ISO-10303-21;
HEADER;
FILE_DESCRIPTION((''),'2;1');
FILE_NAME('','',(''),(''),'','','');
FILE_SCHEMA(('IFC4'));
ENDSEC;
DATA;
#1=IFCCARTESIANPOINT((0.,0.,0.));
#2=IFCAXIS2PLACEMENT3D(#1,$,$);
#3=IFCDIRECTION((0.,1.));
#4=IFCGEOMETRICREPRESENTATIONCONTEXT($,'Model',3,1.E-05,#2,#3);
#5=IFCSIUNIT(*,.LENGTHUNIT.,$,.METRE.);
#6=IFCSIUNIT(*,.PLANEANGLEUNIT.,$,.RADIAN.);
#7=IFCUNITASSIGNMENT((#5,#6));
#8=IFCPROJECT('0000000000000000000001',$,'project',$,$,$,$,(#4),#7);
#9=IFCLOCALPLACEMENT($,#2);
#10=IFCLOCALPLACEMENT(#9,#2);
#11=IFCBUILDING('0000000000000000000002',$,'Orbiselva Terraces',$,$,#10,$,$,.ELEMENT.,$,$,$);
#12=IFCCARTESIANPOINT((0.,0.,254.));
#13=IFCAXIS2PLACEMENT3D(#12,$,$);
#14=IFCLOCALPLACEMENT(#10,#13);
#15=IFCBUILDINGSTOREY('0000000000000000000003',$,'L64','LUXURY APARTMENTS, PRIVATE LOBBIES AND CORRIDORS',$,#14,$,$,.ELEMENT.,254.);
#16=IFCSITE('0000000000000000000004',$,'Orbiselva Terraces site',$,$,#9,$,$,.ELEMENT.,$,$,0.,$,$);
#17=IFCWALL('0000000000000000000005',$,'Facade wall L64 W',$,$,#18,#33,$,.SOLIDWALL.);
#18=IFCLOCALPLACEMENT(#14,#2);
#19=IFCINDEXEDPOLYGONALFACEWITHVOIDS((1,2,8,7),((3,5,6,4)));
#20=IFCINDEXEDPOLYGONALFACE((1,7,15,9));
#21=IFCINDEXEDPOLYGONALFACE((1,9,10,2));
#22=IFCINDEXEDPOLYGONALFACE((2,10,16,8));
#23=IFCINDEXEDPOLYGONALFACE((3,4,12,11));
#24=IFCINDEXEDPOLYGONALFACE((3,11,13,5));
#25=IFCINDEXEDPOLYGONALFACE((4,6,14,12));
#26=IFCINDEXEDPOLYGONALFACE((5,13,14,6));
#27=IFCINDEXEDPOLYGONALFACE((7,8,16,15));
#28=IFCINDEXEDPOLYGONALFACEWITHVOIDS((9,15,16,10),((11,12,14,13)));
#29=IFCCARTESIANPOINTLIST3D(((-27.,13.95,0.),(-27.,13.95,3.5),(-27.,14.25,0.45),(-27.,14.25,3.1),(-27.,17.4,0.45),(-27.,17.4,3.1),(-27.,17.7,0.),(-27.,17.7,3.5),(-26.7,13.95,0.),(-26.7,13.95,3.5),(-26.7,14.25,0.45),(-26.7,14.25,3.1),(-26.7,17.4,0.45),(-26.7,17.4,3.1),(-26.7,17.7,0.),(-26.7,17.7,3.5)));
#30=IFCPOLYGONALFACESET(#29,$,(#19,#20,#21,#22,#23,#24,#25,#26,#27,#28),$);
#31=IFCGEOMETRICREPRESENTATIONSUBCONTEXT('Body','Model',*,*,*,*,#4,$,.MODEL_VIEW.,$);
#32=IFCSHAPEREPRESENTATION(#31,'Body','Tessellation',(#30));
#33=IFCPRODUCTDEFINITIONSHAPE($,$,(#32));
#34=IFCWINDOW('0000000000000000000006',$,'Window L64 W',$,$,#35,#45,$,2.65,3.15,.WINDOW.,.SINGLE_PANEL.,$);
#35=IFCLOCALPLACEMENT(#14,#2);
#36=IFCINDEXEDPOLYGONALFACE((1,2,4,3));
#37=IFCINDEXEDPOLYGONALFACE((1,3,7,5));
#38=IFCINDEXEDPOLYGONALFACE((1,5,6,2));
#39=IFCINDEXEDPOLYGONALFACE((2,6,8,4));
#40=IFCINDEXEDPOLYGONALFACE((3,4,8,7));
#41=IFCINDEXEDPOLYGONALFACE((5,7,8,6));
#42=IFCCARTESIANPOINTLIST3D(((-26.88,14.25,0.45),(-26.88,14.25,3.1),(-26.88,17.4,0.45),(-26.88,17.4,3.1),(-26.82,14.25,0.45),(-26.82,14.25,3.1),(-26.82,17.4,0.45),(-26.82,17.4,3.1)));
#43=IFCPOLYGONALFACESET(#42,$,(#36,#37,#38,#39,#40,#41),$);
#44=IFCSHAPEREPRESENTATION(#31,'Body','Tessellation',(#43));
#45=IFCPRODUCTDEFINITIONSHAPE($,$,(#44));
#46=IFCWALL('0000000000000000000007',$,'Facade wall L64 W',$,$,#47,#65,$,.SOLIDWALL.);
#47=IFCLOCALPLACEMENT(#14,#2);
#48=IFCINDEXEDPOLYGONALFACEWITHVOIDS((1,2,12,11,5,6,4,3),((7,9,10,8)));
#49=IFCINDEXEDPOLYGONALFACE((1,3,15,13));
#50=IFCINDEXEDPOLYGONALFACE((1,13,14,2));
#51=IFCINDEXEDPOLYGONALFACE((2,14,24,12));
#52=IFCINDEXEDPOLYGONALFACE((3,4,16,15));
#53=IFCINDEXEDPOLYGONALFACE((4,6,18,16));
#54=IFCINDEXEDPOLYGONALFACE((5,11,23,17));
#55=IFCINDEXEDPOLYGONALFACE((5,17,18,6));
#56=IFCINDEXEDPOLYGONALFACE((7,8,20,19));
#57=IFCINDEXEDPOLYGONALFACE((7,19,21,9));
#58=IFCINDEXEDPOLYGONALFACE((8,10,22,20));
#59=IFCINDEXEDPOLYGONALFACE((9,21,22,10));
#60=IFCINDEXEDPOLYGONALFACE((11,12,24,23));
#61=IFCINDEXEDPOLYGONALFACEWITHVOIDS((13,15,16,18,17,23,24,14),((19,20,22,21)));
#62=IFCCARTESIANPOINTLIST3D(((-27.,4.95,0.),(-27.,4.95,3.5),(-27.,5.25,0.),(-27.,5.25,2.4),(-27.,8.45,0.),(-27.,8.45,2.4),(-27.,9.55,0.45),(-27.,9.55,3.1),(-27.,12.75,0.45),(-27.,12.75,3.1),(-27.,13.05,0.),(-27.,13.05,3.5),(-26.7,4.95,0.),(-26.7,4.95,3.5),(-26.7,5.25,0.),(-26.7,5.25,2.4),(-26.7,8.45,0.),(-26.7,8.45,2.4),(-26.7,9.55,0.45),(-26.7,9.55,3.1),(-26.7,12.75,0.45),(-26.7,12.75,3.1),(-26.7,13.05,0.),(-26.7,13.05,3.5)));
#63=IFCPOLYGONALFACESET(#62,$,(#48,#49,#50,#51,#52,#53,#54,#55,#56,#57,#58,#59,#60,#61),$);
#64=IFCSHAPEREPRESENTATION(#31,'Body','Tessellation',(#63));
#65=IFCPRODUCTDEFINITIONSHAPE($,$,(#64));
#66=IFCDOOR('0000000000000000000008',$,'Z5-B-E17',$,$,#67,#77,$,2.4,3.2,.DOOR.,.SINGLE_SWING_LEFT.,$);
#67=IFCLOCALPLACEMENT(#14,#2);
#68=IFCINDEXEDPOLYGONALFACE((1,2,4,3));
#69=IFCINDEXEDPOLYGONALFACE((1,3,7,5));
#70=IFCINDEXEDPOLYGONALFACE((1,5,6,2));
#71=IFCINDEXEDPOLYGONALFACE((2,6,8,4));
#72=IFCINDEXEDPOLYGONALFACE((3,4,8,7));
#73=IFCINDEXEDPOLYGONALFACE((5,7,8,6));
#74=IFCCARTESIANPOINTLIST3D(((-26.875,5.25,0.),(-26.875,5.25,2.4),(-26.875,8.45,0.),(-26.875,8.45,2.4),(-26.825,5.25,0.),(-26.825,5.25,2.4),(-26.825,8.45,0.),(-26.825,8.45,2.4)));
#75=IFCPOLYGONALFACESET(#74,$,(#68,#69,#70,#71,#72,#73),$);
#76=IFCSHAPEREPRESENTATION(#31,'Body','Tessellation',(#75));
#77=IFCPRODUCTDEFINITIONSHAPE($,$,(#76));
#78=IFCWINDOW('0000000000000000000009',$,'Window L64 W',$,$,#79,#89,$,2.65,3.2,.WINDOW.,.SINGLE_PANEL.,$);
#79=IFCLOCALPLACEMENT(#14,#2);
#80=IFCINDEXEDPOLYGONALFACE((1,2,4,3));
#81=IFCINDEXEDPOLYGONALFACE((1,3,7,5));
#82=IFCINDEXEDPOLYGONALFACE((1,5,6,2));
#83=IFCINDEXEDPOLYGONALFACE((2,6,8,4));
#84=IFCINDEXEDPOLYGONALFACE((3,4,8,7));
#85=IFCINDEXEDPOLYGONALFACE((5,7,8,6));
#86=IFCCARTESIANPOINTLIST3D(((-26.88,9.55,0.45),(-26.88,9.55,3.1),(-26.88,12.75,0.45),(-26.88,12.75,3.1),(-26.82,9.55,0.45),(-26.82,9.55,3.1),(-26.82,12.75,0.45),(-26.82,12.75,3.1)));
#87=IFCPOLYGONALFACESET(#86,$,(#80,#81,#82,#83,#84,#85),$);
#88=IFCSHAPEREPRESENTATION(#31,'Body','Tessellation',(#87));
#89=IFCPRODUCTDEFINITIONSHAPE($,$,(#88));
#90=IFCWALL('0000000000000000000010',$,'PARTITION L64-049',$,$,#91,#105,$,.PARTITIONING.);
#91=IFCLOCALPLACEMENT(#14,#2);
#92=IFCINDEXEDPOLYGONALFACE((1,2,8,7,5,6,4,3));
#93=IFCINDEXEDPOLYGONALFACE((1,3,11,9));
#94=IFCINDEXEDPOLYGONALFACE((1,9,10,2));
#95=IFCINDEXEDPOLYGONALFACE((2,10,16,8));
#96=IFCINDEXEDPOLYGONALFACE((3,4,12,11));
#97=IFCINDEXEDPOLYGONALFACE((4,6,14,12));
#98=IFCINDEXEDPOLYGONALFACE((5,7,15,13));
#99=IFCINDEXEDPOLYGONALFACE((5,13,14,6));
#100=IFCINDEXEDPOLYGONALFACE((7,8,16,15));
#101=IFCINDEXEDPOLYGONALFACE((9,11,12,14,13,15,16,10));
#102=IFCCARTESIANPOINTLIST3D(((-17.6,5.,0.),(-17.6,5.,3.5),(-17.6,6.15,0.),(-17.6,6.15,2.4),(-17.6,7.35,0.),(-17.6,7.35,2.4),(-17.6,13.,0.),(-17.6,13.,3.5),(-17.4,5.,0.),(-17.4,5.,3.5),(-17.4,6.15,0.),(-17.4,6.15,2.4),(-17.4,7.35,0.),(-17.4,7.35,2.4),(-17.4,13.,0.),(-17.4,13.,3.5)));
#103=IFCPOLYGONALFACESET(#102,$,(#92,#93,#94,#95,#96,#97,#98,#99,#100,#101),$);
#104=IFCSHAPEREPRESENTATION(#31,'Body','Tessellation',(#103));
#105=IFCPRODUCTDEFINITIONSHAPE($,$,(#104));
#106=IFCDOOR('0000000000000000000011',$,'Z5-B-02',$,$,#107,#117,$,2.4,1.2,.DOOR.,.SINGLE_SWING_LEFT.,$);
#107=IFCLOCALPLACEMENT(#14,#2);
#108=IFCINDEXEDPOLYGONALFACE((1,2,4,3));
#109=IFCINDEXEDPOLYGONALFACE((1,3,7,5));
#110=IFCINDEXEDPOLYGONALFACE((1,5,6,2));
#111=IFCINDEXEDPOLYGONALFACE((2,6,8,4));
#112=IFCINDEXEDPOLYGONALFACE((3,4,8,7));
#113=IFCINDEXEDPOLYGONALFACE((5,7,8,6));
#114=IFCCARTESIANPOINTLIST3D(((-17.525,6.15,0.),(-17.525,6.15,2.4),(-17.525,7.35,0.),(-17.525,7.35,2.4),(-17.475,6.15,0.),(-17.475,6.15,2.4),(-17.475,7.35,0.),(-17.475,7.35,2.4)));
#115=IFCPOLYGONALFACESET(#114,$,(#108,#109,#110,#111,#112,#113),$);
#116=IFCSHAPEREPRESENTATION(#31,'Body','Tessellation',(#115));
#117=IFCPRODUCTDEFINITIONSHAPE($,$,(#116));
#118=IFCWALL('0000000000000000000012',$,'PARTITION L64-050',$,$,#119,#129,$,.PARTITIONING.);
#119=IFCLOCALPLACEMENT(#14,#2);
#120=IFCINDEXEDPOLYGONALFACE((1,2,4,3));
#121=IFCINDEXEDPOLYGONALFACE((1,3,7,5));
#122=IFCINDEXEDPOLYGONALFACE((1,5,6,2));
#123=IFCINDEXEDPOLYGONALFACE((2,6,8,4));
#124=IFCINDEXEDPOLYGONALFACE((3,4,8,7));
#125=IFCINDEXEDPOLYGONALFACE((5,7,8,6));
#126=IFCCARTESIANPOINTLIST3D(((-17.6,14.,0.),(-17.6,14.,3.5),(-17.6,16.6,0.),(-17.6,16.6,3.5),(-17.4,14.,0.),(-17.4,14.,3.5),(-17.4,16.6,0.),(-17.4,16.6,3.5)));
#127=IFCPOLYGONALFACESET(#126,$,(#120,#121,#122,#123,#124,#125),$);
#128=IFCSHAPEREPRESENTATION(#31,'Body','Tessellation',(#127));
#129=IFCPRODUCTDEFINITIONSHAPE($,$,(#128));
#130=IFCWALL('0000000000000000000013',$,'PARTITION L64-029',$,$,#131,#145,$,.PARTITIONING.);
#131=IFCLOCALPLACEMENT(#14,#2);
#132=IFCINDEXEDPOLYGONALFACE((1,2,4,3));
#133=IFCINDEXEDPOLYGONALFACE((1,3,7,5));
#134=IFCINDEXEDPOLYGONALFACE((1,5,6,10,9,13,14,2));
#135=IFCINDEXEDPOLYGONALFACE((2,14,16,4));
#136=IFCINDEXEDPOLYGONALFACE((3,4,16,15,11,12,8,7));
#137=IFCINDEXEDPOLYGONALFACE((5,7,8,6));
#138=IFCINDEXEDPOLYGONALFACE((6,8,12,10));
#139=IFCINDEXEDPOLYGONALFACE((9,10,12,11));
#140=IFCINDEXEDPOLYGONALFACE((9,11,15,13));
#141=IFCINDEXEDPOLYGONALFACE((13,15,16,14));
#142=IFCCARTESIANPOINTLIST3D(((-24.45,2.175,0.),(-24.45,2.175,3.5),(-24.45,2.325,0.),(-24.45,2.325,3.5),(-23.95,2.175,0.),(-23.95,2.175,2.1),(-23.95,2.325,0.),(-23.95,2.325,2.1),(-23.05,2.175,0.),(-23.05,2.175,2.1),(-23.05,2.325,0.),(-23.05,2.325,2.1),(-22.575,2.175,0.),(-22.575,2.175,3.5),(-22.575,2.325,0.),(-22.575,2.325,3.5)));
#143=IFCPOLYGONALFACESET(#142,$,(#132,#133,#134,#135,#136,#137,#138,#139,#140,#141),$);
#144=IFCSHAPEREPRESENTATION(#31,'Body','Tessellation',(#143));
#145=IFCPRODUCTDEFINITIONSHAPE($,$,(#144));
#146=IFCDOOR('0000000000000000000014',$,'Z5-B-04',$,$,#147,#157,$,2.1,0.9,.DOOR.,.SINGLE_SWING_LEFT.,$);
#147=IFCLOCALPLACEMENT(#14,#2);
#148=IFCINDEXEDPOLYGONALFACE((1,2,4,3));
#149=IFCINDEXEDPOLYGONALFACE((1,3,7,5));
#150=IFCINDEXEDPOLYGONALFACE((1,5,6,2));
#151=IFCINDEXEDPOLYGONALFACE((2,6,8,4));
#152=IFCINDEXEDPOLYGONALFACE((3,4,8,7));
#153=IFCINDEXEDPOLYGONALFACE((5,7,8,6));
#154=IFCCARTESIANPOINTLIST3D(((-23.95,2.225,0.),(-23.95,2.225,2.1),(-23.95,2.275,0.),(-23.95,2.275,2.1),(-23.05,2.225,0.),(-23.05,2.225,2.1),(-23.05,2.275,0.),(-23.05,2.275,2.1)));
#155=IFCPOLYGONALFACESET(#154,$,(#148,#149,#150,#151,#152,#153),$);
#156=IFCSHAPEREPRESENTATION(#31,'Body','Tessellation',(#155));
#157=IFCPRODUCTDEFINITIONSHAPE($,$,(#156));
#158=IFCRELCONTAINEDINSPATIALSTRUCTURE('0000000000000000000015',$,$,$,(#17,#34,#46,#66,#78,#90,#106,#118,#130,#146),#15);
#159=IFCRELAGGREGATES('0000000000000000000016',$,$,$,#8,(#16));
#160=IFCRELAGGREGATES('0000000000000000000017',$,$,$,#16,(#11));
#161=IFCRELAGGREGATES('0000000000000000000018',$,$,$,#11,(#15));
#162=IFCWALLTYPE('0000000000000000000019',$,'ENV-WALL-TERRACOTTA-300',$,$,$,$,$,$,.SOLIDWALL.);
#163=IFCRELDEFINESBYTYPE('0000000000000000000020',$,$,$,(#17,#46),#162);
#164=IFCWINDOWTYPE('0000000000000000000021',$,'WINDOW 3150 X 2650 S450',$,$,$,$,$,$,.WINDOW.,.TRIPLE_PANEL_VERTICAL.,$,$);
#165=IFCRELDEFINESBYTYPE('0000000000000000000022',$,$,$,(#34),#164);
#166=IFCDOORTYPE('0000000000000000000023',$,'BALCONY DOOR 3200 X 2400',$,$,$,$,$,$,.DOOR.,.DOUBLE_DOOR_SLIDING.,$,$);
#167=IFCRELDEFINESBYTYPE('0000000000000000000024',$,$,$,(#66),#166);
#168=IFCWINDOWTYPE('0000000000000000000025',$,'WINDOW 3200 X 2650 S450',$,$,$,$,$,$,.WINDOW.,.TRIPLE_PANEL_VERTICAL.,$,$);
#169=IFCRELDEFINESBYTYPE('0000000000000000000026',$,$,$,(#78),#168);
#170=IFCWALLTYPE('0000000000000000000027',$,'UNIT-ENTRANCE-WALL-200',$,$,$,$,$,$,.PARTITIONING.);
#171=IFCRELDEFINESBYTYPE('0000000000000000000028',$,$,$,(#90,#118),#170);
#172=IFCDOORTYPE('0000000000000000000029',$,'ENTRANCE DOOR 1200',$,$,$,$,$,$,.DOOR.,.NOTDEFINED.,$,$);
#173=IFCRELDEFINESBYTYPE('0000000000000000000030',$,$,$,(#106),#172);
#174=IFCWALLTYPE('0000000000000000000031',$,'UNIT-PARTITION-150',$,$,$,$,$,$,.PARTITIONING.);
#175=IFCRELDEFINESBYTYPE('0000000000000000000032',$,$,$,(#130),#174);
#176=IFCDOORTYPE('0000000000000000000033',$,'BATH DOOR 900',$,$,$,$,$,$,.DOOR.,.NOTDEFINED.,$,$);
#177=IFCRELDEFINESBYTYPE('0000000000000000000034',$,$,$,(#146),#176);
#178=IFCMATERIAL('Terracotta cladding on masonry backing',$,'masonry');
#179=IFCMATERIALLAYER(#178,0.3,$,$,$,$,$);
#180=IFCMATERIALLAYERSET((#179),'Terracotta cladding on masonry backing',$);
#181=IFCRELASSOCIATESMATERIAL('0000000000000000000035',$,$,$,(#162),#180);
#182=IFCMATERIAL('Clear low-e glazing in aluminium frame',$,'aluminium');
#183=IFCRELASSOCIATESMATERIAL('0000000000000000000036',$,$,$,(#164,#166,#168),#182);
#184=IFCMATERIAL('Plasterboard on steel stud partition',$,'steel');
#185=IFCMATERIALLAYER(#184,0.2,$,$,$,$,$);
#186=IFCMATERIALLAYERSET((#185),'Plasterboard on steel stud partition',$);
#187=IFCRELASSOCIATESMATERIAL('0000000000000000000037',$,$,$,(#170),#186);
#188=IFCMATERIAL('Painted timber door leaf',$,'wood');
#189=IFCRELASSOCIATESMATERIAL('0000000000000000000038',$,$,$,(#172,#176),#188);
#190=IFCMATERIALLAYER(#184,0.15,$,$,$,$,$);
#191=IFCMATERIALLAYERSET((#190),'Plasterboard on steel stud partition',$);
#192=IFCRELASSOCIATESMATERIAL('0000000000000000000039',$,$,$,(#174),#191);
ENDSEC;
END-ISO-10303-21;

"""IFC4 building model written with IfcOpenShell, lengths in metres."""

from ifc_helpers import new_model, si_unit, direction, frame, frame_2d, origin, place, context, subcontext, project, spatial, rectangle, extrude, material, layer, layer_set, type_object, element, fill, save


model = new_model("IFC4")

# Units and contexts
model_context = context("Model", 3, precision=1e-05, world=origin(), true_north=direction((0.0, 1.0)))
body_context = subcontext(model_context, "Body", "Model", "MODEL_VIEW")
ifc_project = project(units=[si_unit("LENGTHUNIT", "METRE"), si_unit("PLANEANGLEUNIT", "RADIAN")], contexts=[model_context])

# Site, building, storey
site_placement = place(None, origin())
site = spatial("IfcSite", under=ifc_project, at=site_placement, Name="Orbiselva Terraces site", CompositionType="ELEMENT", RefElevation=0.0)
building_placement = place(site_placement, origin())
building = spatial("IfcBuilding", under=site, at=building_placement, Name="Orbiselva Terraces", CompositionType="ELEMENT")
storey_placement = place(building_placement, frame((0.0, 0.0, 254.0)))
storey = spatial("IfcBuildingStorey", under=building, at=storey_placement, Name="L64", Description="LUXURY APARTMENTS, PRIVATE LOBBIES AND CORRIDORS", CompositionType="ELEMENT", Elevation=254.0)

# Wall, opening, window
ifc_material_1 = material(Name="Terracotta cladding on masonry backing", Category="masonry")
ifc_layer_1 = layer(ifc_material_1, 0.3)
ifc_layer_set_1 = layer_set([ifc_layer_1], Name="Terracotta cladding on masonry backing")
wall_type_1 = type_object("IfcWallType", Name="ENV-WALL-TERRACOTTA-300", PredefinedType="SOLIDWALL", material=ifc_layer_set_1)
wall_1_placement = place(storey_placement, frame((-26.85, 13.95, 0.0), z_axis=(0.0, 0.0, 1.0), x_axis=(0.0, 1.0, 0.0)))
wall_1 = element("IfcWall", 1, at=wall_1_placement, inside=storey, type_object=wall_type_1, Name="Facade wall L64 W", PredefinedType="SOLIDWALL", context=body_context, shape_type="SweptSolid", body=[
    extrude(rectangle(XDim=3.75, YDim=0.3, at=frame_2d((1.875, 0.0))), origin(), (0.0, 0.0, 1.0), 3.5),
])
opening_1_placement = place(wall_1_placement, frame((0.3, 0.0, 0.45)))
opening_1 = element("IfcOpeningElement", 2, at=opening_1_placement, cuts=wall_1, PredefinedType="OPENING", context=body_context, shape_type="SweptSolid", body=[
    extrude(rectangle(XDim=3.15, YDim=2.65, at=frame_2d((1.575, 1.325))), frame((0.0, 0.16, 0.0), z_axis=(0.0, -1.0, 0.0), x_axis=(1.0, 0.0, 0.0)), (0.0, 0.0, 1.0), 0.32),
])
ifc_material_2 = material(Name="Clear low-e glazing in aluminium frame", Category="aluminium")
window_type_1 = type_object("IfcWindowType", Name="WINDOW 3150 X 2650 S450", PartitioningType="TRIPLE_PANEL_VERTICAL", PredefinedType="WINDOW", material=ifc_material_2)
window_1_placement = place(opening_1_placement, origin())
window_1 = element("IfcWindow", 3, at=window_1_placement, inside=storey, type_object=window_type_1, Name="Window L64 W", OverallHeight=2.65, OverallWidth=3.15, PartitioningType="SINGLE_PANEL", PredefinedType="WINDOW", context=body_context, shape_type="SweptSolid", body=[
    extrude(rectangle(XDim=3.15, YDim=2.65, at=frame_2d((1.575, 1.325))), frame((0.0, 0.03, 0.0), z_axis=(0.0, -1.0, 0.0), x_axis=(1.0, 0.0, 0.0)), (0.0, 0.0, 1.0), 0.06),
])
fill(opening_1, window_1)

# Wall, openings, door, window
wall_2_placement = place(storey_placement, frame((-26.85, 4.95, 0.0), z_axis=(0.0, 0.0, 1.0), x_axis=(0.0, 1.0, 0.0)))
wall_2 = element("IfcWall", 4, at=wall_2_placement, inside=storey, type_object=wall_type_1, Name="Facade wall L64 W", PredefinedType="SOLIDWALL", context=body_context, shape_type="SweptSolid", body=[
    extrude(rectangle(XDim=8.1, YDim=0.3, at=frame_2d((4.05, 0.0))), origin(), (0.0, 0.0, 1.0), 3.5),
])
opening_2_placement = place(wall_2_placement, frame((4.6, 0.0, 0.45)))
opening_2 = element("IfcOpeningElement", 5, at=opening_2_placement, cuts=wall_2, PredefinedType="OPENING", context=body_context, shape_type="SweptSolid", body=[
    extrude(rectangle(XDim=3.2, YDim=2.65, at=frame_2d((1.6, 1.325))), frame((0.0, 0.16, 0.0), z_axis=(0.0, -1.0, 0.0), x_axis=(1.0, 0.0, 0.0)), (0.0, 0.0, 1.0), 0.32),
])
opening_3_placement = place(wall_2_placement, frame((0.3, 0.0, 0.0)))
opening_3 = element("IfcOpeningElement", 6, at=opening_3_placement, cuts=wall_2, PredefinedType="OPENING", context=body_context, shape_type="SweptSolid", body=[
    extrude(rectangle(XDim=3.2, YDim=2.4, at=frame_2d((1.6, 1.2))), frame((0.0, 0.16, 0.0), z_axis=(0.0, -1.0, 0.0), x_axis=(1.0, 0.0, 0.0)), (0.0, 0.0, 1.0), 0.32),
])
door_type_1 = type_object("IfcDoorType", Name="BALCONY DOOR 3200 X 2400", OperationType="DOUBLE_DOOR_SLIDING", PredefinedType="DOOR", material=ifc_material_2)
door_1_placement = place(opening_3_placement, origin())
door_1 = element("IfcDoor", 7, at=door_1_placement, inside=storey, type_object=door_type_1, Name="Z5-B-E17", OperationType="SINGLE_SWING_LEFT", OverallHeight=2.4, OverallWidth=3.2, PredefinedType="DOOR", context=body_context, shape_type="SweptSolid", body=[
    extrude(rectangle(XDim=3.2, YDim=2.4, at=frame_2d((1.6, 1.2))), frame((0.0, 0.025, 0.0), z_axis=(0.0, -1.0, 0.0), x_axis=(1.0, 0.0, 0.0)), (0.0, 0.0, 1.0), 0.05),
])
fill(opening_3, door_1)
window_type_2 = type_object("IfcWindowType", Name="WINDOW 3200 X 2650 S450", PartitioningType="TRIPLE_PANEL_VERTICAL", PredefinedType="WINDOW", material=ifc_material_2)
window_2_placement = place(opening_2_placement, origin())
window_2 = element("IfcWindow", 8, at=window_2_placement, inside=storey, type_object=window_type_2, Name="Window L64 W", OverallHeight=2.65, OverallWidth=3.2, PartitioningType="SINGLE_PANEL", PredefinedType="WINDOW", context=body_context, shape_type="SweptSolid", body=[
    extrude(rectangle(XDim=3.2, YDim=2.65, at=frame_2d((1.6, 1.325))), frame((0.0, 0.03, 0.0), z_axis=(0.0, -1.0, 0.0), x_axis=(1.0, 0.0, 0.0)), (0.0, 0.0, 1.0), 0.06),
])
fill(opening_2, window_2)

# Wall, opening, door
ifc_material_3 = material(Name="Plasterboard on steel stud partition", Category="steel")
ifc_layer_2 = layer(ifc_material_3, 0.2)
ifc_layer_set_2 = layer_set([ifc_layer_2], Name="Plasterboard on steel stud partition")
wall_type_2 = type_object("IfcWallType", Name="UNIT-ENTRANCE-WALL-200", PredefinedType="PARTITIONING", material=ifc_layer_set_2)
wall_3_placement = place(storey_placement, frame((-17.5, 5.0, 0.0), z_axis=(0.0, 0.0, 1.0), x_axis=(0.0, 1.0, 0.0)))
wall_3 = element("IfcWall", 9, at=wall_3_placement, inside=storey, type_object=wall_type_2, Name="PARTITION L64-049", PredefinedType="PARTITIONING", context=body_context, shape_type="SweptSolid", body=[
    extrude(rectangle(XDim=8.0, YDim=0.2, at=frame_2d((4.0, 0.0))), origin(), (0.0, 0.0, 1.0), 3.5),
])
opening_4_placement = place(wall_3_placement, frame((1.15, 0.0, 0.0)))
opening_4 = element("IfcOpeningElement", 10, at=opening_4_placement, cuts=wall_3, PredefinedType="OPENING", context=body_context, shape_type="SweptSolid", body=[
    extrude(rectangle(XDim=1.2, YDim=2.4, at=frame_2d((0.6, 1.2))), frame((0.0, 0.11, 0.0), z_axis=(0.0, -1.0, 0.0), x_axis=(1.0, 0.0, 0.0)), (0.0, 0.0, 1.0), 0.22),
])
ifc_material_4 = material(Name="Painted timber door leaf", Category="wood")
door_type_2 = type_object("IfcDoorType", Name="ENTRANCE DOOR 1200", OperationType="NOTDEFINED", PredefinedType="DOOR", material=ifc_material_4)
door_2_placement = place(opening_4_placement, origin())
door_2 = element("IfcDoor", 11, at=door_2_placement, inside=storey, type_object=door_type_2, Name="Z5-B-02", OperationType="SINGLE_SWING_LEFT", OverallHeight=2.4, OverallWidth=1.2, PredefinedType="DOOR", context=body_context, shape_type="SweptSolid", body=[
    extrude(rectangle(XDim=1.2, YDim=2.4, at=frame_2d((0.6, 1.2))), frame((0.0, 0.025, 0.0), z_axis=(0.0, -1.0, 0.0), x_axis=(1.0, 0.0, 0.0)), (0.0, 0.0, 1.0), 0.05),
])
fill(opening_4, door_2)

# Wall
wall_4_placement = place(storey_placement, frame((-17.5, 14.0, 0.0), z_axis=(0.0, 0.0, 1.0), x_axis=(0.0, 1.0, 0.0)))
element("IfcWall", 12, at=wall_4_placement, inside=storey, type_object=wall_type_2, Name="PARTITION L64-050", PredefinedType="PARTITIONING", context=body_context, shape_type="SweptSolid", body=[
    extrude(rectangle(XDim=2.6, YDim=0.2, at=frame_2d((1.3, 0.0))), origin(), (0.0, 0.0, 1.0), 3.5),
])

# Wall, opening, door
ifc_layer_3 = layer(ifc_material_3, 0.15)
ifc_layer_set_3 = layer_set([ifc_layer_3], Name="Plasterboard on steel stud partition")
wall_type_3 = type_object("IfcWallType", Name="UNIT-PARTITION-150", PredefinedType="PARTITIONING", material=ifc_layer_set_3)
wall_5_placement = place(storey_placement, frame((-22.575, 2.25, 0.0), z_axis=(0.0, 0.0, 1.0), x_axis=(-1.0, 0.0, 0.0)))
wall_5 = element("IfcWall", 13, at=wall_5_placement, inside=storey, type_object=wall_type_3, Name="PARTITION L64-029", PredefinedType="PARTITIONING", context=body_context, shape_type="SweptSolid", body=[
    extrude(rectangle(XDim=1.875, YDim=0.15, at=frame_2d((0.9375, 0.0))), origin(), (0.0, 0.0, 1.0), 3.5),
])
opening_5_placement = place(wall_5_placement, frame((0.475, 0.0, 0.0)))
opening_5 = element("IfcOpeningElement", 14, at=opening_5_placement, cuts=wall_5, PredefinedType="OPENING", context=body_context, shape_type="SweptSolid", body=[
    extrude(rectangle(XDim=0.9, YDim=2.1, at=frame_2d((0.45, 1.05))), frame((0.0, 0.085, 0.0), z_axis=(0.0, -1.0, 0.0), x_axis=(1.0, 0.0, 0.0)), (0.0, 0.0, 1.0), 0.17),
])
door_type_3 = type_object("IfcDoorType", Name="BATH DOOR 900", OperationType="NOTDEFINED", PredefinedType="DOOR", material=ifc_material_4)
door_3_placement = place(opening_5_placement, origin())
door_3 = element("IfcDoor", 15, at=door_3_placement, inside=storey, type_object=door_type_3, Name="Z5-B-04", OperationType="SINGLE_SWING_LEFT", OverallHeight=2.1, OverallWidth=0.9, PredefinedType="DOOR", context=body_context, shape_type="SweptSolid", body=[
    extrude(rectangle(XDim=0.9, YDim=2.1, at=frame_2d((0.45, 1.05))), frame((0.0, 0.025, 0.0), z_axis=(0.0, -1.0, 0.0), x_axis=(1.0, 0.0, 0.0)), (0.0, 0.0, 1.0), 0.05),
])
fill(opening_5, door_3)

save(model, "model.ifc")
